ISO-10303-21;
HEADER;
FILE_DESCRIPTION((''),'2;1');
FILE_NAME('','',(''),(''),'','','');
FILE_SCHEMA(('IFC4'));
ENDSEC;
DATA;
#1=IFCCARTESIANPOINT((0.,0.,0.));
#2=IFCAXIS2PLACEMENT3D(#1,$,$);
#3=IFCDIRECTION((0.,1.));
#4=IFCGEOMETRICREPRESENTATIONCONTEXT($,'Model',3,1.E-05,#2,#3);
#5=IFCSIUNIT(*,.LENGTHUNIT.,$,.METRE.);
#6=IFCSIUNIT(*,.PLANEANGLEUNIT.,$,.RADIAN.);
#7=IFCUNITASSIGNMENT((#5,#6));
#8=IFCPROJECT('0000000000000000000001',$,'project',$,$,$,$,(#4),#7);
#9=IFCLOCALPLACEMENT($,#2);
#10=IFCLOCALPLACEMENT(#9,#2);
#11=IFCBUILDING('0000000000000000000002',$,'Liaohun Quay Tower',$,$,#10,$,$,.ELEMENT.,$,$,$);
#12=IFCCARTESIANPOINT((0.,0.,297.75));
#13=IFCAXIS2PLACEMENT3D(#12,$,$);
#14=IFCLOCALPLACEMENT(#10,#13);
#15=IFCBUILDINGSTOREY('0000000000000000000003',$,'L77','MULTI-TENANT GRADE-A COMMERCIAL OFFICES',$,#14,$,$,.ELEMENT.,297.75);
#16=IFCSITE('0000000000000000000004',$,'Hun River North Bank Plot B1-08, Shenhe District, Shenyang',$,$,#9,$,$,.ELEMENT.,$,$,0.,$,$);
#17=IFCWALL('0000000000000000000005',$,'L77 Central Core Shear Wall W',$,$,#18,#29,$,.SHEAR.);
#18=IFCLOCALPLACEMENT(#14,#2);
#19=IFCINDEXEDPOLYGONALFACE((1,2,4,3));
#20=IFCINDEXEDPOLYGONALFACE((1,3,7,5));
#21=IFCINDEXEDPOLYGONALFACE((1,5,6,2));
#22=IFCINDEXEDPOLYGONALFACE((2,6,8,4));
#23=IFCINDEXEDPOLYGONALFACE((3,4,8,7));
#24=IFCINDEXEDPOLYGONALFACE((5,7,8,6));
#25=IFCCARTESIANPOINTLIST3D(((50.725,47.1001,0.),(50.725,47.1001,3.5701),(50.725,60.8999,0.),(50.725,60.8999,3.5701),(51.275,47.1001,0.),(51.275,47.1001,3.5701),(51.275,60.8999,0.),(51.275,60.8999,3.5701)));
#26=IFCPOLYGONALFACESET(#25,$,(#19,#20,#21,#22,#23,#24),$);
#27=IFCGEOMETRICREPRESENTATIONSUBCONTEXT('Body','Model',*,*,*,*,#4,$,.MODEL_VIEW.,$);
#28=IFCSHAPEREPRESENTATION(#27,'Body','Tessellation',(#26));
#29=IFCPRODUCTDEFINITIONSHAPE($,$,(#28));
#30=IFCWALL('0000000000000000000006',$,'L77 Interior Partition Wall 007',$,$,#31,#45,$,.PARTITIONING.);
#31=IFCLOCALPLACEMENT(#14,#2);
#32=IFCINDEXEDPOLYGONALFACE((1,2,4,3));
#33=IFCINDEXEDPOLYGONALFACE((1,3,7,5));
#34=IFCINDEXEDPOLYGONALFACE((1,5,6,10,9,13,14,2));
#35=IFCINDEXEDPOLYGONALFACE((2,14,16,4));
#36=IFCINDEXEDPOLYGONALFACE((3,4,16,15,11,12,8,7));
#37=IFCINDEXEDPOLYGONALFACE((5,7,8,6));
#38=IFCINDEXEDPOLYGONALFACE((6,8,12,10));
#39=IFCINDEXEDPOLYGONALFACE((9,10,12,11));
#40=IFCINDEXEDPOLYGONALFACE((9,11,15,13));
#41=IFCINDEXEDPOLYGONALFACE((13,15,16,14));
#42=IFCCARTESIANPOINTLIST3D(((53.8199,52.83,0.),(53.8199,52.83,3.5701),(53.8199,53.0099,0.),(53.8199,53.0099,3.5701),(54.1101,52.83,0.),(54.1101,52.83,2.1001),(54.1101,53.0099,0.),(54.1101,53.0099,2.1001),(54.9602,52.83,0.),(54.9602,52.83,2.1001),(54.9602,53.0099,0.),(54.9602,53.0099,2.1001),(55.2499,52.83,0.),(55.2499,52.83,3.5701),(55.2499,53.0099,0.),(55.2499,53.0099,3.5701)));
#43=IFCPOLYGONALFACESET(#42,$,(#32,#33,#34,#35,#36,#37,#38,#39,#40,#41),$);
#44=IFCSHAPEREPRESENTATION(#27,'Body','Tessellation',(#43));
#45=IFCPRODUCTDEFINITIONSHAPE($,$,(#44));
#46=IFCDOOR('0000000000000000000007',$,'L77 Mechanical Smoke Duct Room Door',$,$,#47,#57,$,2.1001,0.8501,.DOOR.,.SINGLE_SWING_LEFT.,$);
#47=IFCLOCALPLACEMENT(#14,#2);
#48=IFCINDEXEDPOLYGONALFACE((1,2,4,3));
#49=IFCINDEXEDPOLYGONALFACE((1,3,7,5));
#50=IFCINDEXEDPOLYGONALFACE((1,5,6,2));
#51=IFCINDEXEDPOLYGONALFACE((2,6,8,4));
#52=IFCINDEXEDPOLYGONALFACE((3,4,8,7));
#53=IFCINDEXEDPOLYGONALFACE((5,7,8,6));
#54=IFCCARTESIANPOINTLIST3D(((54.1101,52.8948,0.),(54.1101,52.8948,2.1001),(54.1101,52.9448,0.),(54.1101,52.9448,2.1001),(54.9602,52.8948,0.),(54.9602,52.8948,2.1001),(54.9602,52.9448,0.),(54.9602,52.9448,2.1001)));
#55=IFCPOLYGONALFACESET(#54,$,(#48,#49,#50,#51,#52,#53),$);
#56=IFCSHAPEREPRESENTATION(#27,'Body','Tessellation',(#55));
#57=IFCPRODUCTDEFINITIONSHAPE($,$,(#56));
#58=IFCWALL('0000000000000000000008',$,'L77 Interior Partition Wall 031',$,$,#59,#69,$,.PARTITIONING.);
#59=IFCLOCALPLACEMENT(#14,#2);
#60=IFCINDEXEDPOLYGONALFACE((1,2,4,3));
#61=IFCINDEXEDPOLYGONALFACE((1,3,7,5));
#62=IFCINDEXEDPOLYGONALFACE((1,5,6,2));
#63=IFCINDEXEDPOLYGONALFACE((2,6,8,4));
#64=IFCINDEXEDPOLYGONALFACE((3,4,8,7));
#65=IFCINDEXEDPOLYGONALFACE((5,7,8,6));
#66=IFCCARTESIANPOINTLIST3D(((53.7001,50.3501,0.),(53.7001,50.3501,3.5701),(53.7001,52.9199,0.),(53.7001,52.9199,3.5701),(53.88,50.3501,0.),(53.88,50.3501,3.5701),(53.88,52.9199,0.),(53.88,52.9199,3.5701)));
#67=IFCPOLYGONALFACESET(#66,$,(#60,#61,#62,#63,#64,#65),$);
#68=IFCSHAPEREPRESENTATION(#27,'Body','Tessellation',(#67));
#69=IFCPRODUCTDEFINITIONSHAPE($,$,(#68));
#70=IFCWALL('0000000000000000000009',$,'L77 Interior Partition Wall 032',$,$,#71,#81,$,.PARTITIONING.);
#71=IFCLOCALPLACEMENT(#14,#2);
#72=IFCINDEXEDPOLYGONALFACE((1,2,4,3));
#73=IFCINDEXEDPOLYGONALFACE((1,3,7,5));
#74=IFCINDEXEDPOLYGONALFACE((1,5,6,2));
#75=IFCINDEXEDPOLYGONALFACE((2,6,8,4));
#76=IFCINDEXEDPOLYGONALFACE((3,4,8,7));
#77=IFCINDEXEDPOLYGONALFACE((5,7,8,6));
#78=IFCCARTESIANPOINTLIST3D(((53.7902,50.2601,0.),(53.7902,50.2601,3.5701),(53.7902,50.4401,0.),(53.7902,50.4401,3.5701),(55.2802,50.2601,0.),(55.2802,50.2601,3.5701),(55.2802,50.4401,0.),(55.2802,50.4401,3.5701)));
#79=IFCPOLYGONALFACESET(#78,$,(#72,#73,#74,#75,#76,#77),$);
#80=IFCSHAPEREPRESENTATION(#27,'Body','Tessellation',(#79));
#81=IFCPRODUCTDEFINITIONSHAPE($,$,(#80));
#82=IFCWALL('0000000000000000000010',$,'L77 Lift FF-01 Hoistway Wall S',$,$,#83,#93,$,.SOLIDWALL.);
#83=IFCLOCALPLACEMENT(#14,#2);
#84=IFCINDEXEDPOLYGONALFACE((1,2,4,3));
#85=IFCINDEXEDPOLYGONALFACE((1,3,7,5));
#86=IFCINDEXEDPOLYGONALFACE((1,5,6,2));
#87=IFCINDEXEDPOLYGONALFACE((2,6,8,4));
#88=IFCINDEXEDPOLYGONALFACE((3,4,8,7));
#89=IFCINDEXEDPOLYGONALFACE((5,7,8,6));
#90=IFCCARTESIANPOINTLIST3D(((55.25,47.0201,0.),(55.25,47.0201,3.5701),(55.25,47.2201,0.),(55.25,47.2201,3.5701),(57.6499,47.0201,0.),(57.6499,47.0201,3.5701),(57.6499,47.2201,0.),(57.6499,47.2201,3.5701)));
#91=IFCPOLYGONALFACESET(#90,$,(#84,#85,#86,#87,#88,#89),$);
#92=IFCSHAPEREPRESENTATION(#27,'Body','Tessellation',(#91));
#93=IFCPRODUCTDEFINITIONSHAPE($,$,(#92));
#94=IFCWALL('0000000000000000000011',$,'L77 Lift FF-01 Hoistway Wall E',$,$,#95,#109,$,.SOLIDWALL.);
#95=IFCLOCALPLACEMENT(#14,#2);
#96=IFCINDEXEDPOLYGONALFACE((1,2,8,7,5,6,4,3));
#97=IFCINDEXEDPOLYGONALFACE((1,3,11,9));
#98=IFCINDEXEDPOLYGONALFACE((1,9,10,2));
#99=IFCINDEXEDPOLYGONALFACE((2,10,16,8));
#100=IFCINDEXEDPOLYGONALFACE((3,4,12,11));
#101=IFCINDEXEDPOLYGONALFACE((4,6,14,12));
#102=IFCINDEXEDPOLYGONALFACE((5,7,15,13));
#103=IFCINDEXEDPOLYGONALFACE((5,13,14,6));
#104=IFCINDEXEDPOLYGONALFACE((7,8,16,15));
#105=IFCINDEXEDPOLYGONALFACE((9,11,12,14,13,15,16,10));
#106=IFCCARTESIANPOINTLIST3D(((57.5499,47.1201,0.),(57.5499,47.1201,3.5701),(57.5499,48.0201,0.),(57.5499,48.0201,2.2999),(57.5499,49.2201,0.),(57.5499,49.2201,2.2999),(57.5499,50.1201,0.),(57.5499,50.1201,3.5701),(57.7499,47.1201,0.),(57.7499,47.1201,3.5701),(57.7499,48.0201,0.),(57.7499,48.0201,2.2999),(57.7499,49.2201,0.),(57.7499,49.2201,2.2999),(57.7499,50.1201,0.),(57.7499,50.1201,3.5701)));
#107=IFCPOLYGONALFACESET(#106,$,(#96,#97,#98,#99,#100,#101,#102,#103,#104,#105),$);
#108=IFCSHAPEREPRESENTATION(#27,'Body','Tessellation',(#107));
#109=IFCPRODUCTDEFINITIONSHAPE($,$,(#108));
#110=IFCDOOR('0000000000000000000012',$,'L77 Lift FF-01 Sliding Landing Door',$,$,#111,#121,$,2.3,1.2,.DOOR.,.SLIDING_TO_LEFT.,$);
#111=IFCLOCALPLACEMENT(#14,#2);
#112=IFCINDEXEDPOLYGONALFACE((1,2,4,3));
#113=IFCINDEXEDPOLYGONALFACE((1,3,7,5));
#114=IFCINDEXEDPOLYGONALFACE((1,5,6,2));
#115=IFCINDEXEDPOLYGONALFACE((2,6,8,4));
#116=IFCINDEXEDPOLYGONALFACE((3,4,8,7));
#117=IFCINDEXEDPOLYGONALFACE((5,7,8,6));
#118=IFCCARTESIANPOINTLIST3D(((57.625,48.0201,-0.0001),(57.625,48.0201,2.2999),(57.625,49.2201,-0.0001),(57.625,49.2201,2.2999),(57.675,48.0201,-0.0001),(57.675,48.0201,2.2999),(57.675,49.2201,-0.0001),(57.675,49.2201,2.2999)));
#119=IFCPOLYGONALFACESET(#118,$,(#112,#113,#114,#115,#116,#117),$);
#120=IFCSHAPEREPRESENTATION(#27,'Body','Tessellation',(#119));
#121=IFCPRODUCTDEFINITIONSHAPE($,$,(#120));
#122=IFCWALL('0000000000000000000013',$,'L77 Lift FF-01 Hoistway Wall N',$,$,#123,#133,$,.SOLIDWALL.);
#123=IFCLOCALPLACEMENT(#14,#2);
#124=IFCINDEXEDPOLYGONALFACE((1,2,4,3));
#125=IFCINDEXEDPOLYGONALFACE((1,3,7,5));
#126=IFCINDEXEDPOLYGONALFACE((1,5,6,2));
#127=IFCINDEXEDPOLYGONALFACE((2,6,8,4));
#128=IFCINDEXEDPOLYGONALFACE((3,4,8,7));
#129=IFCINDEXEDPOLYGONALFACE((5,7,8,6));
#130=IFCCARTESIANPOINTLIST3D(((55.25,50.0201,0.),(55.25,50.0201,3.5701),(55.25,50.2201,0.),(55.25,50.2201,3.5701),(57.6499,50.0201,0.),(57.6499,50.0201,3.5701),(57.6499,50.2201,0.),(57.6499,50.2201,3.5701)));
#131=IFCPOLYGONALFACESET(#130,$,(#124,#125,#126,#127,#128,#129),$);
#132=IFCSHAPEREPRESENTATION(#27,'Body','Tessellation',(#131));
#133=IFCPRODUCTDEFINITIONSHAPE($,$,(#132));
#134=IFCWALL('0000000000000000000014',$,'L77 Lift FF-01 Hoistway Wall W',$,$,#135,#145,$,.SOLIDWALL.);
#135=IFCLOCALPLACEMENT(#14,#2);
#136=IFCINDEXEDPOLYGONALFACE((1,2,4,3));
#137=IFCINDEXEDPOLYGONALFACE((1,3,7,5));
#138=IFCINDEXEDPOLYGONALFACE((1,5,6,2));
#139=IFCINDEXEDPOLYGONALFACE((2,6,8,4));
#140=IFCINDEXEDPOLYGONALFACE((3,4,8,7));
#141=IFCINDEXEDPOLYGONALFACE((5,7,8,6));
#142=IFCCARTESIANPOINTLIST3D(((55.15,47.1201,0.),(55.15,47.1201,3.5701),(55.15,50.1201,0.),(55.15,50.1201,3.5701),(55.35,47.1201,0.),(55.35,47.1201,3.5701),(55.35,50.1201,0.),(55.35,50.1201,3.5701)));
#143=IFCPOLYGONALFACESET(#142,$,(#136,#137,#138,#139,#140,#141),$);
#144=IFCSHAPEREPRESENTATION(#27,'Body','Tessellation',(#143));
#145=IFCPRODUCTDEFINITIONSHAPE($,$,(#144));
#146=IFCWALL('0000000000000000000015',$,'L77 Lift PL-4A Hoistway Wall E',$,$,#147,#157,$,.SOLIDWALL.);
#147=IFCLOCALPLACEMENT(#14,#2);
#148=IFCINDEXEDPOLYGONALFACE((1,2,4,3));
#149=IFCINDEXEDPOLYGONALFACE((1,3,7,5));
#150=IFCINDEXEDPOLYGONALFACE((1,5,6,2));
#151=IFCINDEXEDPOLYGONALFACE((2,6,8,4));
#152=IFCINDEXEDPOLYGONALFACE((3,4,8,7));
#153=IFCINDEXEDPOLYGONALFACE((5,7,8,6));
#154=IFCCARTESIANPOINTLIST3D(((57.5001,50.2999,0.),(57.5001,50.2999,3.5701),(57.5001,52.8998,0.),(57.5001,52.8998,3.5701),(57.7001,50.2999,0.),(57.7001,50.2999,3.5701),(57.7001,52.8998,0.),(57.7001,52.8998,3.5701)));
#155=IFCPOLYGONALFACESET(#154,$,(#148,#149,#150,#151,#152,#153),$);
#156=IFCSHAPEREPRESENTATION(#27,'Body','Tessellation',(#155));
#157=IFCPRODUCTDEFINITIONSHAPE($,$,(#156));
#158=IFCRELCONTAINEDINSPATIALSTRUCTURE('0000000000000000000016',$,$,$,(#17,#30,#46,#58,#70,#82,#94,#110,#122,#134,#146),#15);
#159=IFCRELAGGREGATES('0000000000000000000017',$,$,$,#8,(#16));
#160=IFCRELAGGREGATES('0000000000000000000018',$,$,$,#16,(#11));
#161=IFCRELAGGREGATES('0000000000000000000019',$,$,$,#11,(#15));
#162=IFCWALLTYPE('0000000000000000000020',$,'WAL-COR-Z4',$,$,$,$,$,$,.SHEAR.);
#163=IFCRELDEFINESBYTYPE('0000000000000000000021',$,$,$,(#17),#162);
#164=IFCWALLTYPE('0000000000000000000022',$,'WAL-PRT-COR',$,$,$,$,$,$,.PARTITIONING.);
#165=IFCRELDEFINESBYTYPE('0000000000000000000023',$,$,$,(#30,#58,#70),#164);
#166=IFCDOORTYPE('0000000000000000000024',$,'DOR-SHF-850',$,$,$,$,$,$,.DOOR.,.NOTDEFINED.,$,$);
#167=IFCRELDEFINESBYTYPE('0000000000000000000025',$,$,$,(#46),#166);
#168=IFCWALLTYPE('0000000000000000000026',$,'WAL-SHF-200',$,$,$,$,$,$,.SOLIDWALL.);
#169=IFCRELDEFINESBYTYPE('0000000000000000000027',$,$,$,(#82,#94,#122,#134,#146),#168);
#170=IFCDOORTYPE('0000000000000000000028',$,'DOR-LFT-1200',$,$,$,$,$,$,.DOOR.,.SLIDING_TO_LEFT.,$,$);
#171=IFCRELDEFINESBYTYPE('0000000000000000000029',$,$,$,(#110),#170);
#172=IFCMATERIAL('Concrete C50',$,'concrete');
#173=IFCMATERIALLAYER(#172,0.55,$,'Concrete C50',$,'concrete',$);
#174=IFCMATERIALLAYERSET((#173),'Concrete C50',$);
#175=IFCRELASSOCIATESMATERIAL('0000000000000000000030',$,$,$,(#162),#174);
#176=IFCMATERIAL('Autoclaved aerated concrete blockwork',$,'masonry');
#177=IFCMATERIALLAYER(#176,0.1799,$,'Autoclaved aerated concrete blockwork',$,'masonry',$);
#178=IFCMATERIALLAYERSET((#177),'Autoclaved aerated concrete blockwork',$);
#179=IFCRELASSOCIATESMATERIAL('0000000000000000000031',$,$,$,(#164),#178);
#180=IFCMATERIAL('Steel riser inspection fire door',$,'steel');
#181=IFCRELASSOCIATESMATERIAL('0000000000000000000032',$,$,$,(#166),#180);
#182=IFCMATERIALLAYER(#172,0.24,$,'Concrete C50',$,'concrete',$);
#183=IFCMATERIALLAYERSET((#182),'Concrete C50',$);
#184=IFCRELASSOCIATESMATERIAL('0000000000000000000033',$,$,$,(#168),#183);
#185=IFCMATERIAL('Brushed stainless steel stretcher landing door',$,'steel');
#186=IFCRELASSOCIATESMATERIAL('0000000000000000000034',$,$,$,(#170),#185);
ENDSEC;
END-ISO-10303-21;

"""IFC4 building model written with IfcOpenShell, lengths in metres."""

from ifc_helpers import new_model, si_unit, direction, frame, frame_2d, origin, place, context, subcontext, project, spatial, rectangle, extrude, source, transform, mapped, material, layer, layer_set, type_object, element, fill, save


model = new_model("IFC4")

# Units and contexts
model_context = context("Model", 3, precision=1e-05, world=origin(), true_north=direction((0.0, 1.0)))
body_context = subcontext(model_context, "Body", "Model", "MODEL_VIEW")
ifc_project = project(units=[si_unit("LENGTHUNIT", "METRE"), si_unit("PLANEANGLEUNIT", "RADIAN")], contexts=[model_context])

# Site, building, storey
site_placement = place(None, origin())
site = spatial("IfcSite", under=ifc_project, at=site_placement, Name="Hun River North Bank Plot B1-08, Shenhe District, Shenyang", CompositionType="ELEMENT", RefElevation=0.0)
building_placement = place(site_placement, origin())
building = spatial("IfcBuilding", under=site, at=building_placement, Name="Liaohun Quay Tower", CompositionType="ELEMENT")
storey_placement = place(building_placement, frame((0.0, 0.0, 297.75)))
storey = spatial("IfcBuildingStorey", under=building, at=storey_placement, Name="L77", Description="MULTI-TENANT GRADE-A COMMERCIAL OFFICES", CompositionType="ELEMENT", Elevation=297.75)

# Wall
ifc_material_1 = material(Name="Concrete C50", Category="concrete")
ifc_layer_1 = layer(ifc_material_1, 0.55, Name="Concrete C50", Category="concrete")
ifc_layer_set_1 = layer_set([ifc_layer_1], Name="Concrete C50")
wall_type_1 = type_object("IfcWallType", Name="WAL-COR-Z4", PredefinedType="SHEAR", material=ifc_layer_set_1)
wall_1_placement = place(storey_placement, frame((51.0, 47.1001, 0.0), z_axis=(0.0, 0.0, 1.0), x_axis=(0.0, 1.0, 0.0)))
element("IfcWall", 1, at=wall_1_placement, inside=storey, type_object=wall_type_1, Name="L77 Central Core Shear Wall W", PredefinedType="SHEAR", context=body_context, shape_type="SweptSolid", body=[
    extrude(rectangle(XDim=13.7998, YDim=0.55, at=frame_2d((6.8999, 0.0))), origin(), (0.0, 0.0, 1.0), 3.5701),
])

# Wall, opening, door
ifc_material_2 = material(Name="Autoclaved aerated concrete blockwork", Category="masonry")
ifc_layer_2 = layer(ifc_material_2, 0.1799, Name="Autoclaved aerated concrete blockwork", Category="masonry")
ifc_layer_set_2 = layer_set([ifc_layer_2], Name="Autoclaved aerated concrete blockwork")
wall_type_2 = type_object("IfcWallType", Name="WAL-PRT-COR", PredefinedType="PARTITIONING", material=ifc_layer_set_2)
wall_2_placement = place(storey_placement, frame((53.8201, 52.9199, 0.0), z_axis=(0.0, 0.0, 1.0), x_axis=(1.0, 0.0, 0.0)))
wall_2 = element("IfcWall", 2, at=wall_2_placement, inside=storey, type_object=wall_type_2, Name="L77 Interior Partition Wall 007", PredefinedType="PARTITIONING", context=body_context, shape_type="SweptSolid", body=[
    extrude(rectangle(XDim=1.4299, YDim=0.1799, at=frame_2d((0.7148, 0.0))), origin(), (0.0, 0.0, 1.0), 3.5701),
])
shared_shape_1 = source(origin(), body_context, "Body", "SweptSolid", [
    extrude(rectangle(XDim=0.8501, YDim=2.1001, at=frame_2d((0.425, 1.05))), frame((0.0, 0.0999, 0.0), z_axis=(0.0, -1.0, 0.0), x_axis=(1.0, 0.0, 0.0)), (0.0, 0.0, 1.0), 0.2),
])
opening_1_placement = place(wall_2_placement, frame((0.29, 0.0, 0.0)))
opening_1 = element("IfcOpeningElement", 3, at=opening_1_placement, cuts=wall_2, PredefinedType="OPENING", context=body_context, shape_type="MappedRepresentation", body=[
    mapped(shared_shape_1, transform((0.0, 0.0, 0.0), x_axis=(1.0, 0.0, 0.0), y_axis=(0.0, 1.0, 0.0), z_axis=(0.0, 0.0, 1.0), scale=1.0)),
])
ifc_material_3 = material(Name="Steel riser inspection fire door", Category="steel")
door_type_1 = type_object("IfcDoorType", Name="DOR-SHF-850", OperationType="NOTDEFINED", PredefinedType="DOOR", material=ifc_material_3)
shared_shape_2 = source(origin(), body_context, "Body", "SweptSolid", [
    extrude(rectangle(XDim=0.8501, YDim=2.1001, at=frame_2d((0.425, 1.05))), frame((0.0, 0.0249, 0.0), z_axis=(0.0, -1.0, 0.0), x_axis=(1.0, 0.0, 0.0)), (0.0, 0.0, 1.0), 0.05),
])
door_1_placement = place(opening_1_placement, origin())
door_1 = element("IfcDoor", 4, at=door_1_placement, inside=storey, type_object=door_type_1, Name="L77 Mechanical Smoke Duct Room Door", OperationType="SINGLE_SWING_LEFT", OverallHeight=2.1001, OverallWidth=0.8501, PredefinedType="DOOR", context=body_context, shape_type="MappedRepresentation", body=[
    mapped(shared_shape_2, transform((0.0, 0.0, 0.0), x_axis=(1.0, 0.0, 0.0), y_axis=(0.0, 1.0, 0.0), z_axis=(0.0, 0.0, 1.0), scale=1.0)),
])
fill(opening_1, door_1)

# Walls
wall_3_placement = place(storey_placement, frame((53.79, 50.3501, 0.0), z_axis=(0.0, 0.0, 1.0), x_axis=(0.0, 1.0, 0.0)))
element("IfcWall", 5, at=wall_3_placement, inside=storey, type_object=wall_type_2, Name="L77 Interior Partition Wall 031", PredefinedType="PARTITIONING", context=body_context, shape_type="SweptSolid", body=[
    extrude(rectangle(XDim=2.5698, YDim=0.1799, at=frame_2d((1.2849, 0.0))), origin(), (0.0, 0.0, 1.0), 3.5701),
])
wall_4_placement = place(storey_placement, frame((53.79, 50.3501, 0.0), z_axis=(0.0, 0.0, 1.0), x_axis=(1.0, 0.0, 0.0)))
element("IfcWall", 6, at=wall_4_placement, inside=storey, type_object=wall_type_2, Name="L77 Interior Partition Wall 032", PredefinedType="PARTITIONING", context=body_context, shape_type="SweptSolid", body=[
    extrude(rectangle(XDim=1.49, YDim=0.1799, at=frame_2d((0.7451, 0.0))), origin(), (0.0, 0.0, 1.0), 3.5701),
])
ifc_layer_3 = layer(ifc_material_1, 0.24, Name="Concrete C50", Category="concrete")
ifc_layer_set_3 = layer_set([ifc_layer_3], Name="Concrete C50")
wall_type_3 = type_object("IfcWallType", Name="WAL-SHF-200", PredefinedType="SOLIDWALL", material=ifc_layer_set_3)
wall_5_placement = place(storey_placement, frame((55.25, 47.1201, 0.0), z_axis=(0.0, 0.0, 1.0), x_axis=(1.0, 0.0, 0.0)))
element("IfcWall", 7, at=wall_5_placement, inside=storey, type_object=wall_type_3, Name="L77 Lift FF-01 Hoistway Wall S", PredefinedType="SOLIDWALL", context=body_context, shape_type="SweptSolid", body=[
    extrude(rectangle(XDim=2.3999, YDim=0.2, at=frame_2d((1.2, 0.0))), origin(), (0.0, 0.0, 1.0), 3.5701),
])

# Wall, opening, door
wall_6_placement = place(storey_placement, frame((57.6499, 47.1201, 0.0), z_axis=(0.0, 0.0, 1.0), x_axis=(0.0, 1.0, 0.0)))
wall_6 = element("IfcWall", 8, at=wall_6_placement, inside=storey, type_object=wall_type_3, Name="L77 Lift FF-01 Hoistway Wall E", PredefinedType="SOLIDWALL", context=body_context, shape_type="SweptSolid", body=[
    extrude(rectangle(XDim=3.0, YDim=0.2, at=frame_2d((1.5, 0.0))), origin(), (0.0, 0.0, 1.0), 3.5701),
])
shared_shape_3 = source(origin(), body_context, "Body", "SweptSolid", [
    extrude(rectangle(XDim=1.2, YDim=2.3, at=frame_2d((0.6001, 1.1499))), frame((0.0, 0.1099, 0.0), z_axis=(0.0, -1.0, 0.0), x_axis=(1.0, 0.0, 0.0)), (0.0, 0.0, 1.0), 0.22),
])
opening_2_placement = place(wall_6_placement, frame((0.8999, 0.0, 0.0)))
opening_2 = element("IfcOpeningElement", 9, at=opening_2_placement, cuts=wall_6, PredefinedType="OPENING", context=body_context, shape_type="MappedRepresentation", body=[
    mapped(shared_shape_3, transform((0.0, 0.0, 0.0), x_axis=(1.0, 0.0, 0.0), y_axis=(0.0, 1.0, 0.0), z_axis=(0.0, 0.0, 1.0), scale=1.0)),
])
ifc_material_4 = material(Name="Brushed stainless steel stretcher landing door", Category="steel")
door_type_2 = type_object("IfcDoorType", Name="DOR-LFT-1200", OperationType="SLIDING_TO_LEFT", PredefinedType="DOOR", material=ifc_material_4)
shared_shape_4 = source(origin(), body_context, "Body", "SweptSolid", [
    extrude(rectangle(XDim=1.2, YDim=2.3, at=frame_2d((0.6001, 1.1499))), frame((0.0, 0.0249, 0.0), z_axis=(0.0, -1.0, 0.0), x_axis=(1.0, 0.0, 0.0)), (0.0, 0.0, 1.0), 0.05),
])
door_2_placement = place(opening_2_placement, origin())
door_2 = element("IfcDoor", 10, at=door_2_placement, inside=storey, type_object=door_type_2, Name="L77 Lift FF-01 Sliding Landing Door", OperationType="SLIDING_TO_LEFT", OverallHeight=2.3, OverallWidth=1.2, PredefinedType="DOOR", context=body_context, shape_type="MappedRepresentation", body=[
    mapped(shared_shape_4, transform((0.0, 0.0, 0.0), x_axis=(1.0, 0.0, 0.0), y_axis=(0.0, 1.0, 0.0), z_axis=(0.0, 0.0, 1.0), scale=1.0)),
])
fill(opening_2, door_2)

# Walls
wall_7_placement = place(storey_placement, frame((57.6499, 50.1201, 0.0), z_axis=(0.0, 0.0, 1.0), x_axis=(-1.0, 0.0, 0.0)))
element("IfcWall", 11, at=wall_7_placement, inside=storey, type_object=wall_type_3, Name="L77 Lift FF-01 Hoistway Wall N", PredefinedType="SOLIDWALL", context=body_context, shape_type="SweptSolid", body=[
    extrude(rectangle(XDim=2.3999, YDim=0.2, at=frame_2d((1.2, 0.0))), origin(), (0.0, 0.0, 1.0), 3.5701),
])
wall_8_placement = place(storey_placement, frame((55.25, 50.1201, 0.0), z_axis=(0.0, 0.0, 1.0), x_axis=(0.0, -1.0, 0.0)))
element("IfcWall", 12, at=wall_8_placement, inside=storey, type_object=wall_type_3, Name="L77 Lift FF-01 Hoistway Wall W", PredefinedType="SOLIDWALL", context=body_context, shape_type="SweptSolid", body=[
    extrude(rectangle(XDim=3.0, YDim=0.2, at=frame_2d((1.5, 0.0))), origin(), (0.0, 0.0, 1.0), 3.5701),
])
wall_9_placement = place(storey_placement, frame((57.6001, 50.3, 0.0), z_axis=(0.0, 0.0, 1.0), x_axis=(0.0, 1.0, 0.0)))
element("IfcWall", 13, at=wall_9_placement, inside=storey, type_object=wall_type_3, Name="L77 Lift PL-4A Hoistway Wall E", PredefinedType="SOLIDWALL", context=body_context, shape_type="SweptSolid", body=[
    extrude(rectangle(XDim=2.5999, YDim=0.2, at=frame_2d((1.2998, 0.0))), origin(), (0.0, 0.0, 1.0), 3.5701),
])

save(model, "model.ifc")
